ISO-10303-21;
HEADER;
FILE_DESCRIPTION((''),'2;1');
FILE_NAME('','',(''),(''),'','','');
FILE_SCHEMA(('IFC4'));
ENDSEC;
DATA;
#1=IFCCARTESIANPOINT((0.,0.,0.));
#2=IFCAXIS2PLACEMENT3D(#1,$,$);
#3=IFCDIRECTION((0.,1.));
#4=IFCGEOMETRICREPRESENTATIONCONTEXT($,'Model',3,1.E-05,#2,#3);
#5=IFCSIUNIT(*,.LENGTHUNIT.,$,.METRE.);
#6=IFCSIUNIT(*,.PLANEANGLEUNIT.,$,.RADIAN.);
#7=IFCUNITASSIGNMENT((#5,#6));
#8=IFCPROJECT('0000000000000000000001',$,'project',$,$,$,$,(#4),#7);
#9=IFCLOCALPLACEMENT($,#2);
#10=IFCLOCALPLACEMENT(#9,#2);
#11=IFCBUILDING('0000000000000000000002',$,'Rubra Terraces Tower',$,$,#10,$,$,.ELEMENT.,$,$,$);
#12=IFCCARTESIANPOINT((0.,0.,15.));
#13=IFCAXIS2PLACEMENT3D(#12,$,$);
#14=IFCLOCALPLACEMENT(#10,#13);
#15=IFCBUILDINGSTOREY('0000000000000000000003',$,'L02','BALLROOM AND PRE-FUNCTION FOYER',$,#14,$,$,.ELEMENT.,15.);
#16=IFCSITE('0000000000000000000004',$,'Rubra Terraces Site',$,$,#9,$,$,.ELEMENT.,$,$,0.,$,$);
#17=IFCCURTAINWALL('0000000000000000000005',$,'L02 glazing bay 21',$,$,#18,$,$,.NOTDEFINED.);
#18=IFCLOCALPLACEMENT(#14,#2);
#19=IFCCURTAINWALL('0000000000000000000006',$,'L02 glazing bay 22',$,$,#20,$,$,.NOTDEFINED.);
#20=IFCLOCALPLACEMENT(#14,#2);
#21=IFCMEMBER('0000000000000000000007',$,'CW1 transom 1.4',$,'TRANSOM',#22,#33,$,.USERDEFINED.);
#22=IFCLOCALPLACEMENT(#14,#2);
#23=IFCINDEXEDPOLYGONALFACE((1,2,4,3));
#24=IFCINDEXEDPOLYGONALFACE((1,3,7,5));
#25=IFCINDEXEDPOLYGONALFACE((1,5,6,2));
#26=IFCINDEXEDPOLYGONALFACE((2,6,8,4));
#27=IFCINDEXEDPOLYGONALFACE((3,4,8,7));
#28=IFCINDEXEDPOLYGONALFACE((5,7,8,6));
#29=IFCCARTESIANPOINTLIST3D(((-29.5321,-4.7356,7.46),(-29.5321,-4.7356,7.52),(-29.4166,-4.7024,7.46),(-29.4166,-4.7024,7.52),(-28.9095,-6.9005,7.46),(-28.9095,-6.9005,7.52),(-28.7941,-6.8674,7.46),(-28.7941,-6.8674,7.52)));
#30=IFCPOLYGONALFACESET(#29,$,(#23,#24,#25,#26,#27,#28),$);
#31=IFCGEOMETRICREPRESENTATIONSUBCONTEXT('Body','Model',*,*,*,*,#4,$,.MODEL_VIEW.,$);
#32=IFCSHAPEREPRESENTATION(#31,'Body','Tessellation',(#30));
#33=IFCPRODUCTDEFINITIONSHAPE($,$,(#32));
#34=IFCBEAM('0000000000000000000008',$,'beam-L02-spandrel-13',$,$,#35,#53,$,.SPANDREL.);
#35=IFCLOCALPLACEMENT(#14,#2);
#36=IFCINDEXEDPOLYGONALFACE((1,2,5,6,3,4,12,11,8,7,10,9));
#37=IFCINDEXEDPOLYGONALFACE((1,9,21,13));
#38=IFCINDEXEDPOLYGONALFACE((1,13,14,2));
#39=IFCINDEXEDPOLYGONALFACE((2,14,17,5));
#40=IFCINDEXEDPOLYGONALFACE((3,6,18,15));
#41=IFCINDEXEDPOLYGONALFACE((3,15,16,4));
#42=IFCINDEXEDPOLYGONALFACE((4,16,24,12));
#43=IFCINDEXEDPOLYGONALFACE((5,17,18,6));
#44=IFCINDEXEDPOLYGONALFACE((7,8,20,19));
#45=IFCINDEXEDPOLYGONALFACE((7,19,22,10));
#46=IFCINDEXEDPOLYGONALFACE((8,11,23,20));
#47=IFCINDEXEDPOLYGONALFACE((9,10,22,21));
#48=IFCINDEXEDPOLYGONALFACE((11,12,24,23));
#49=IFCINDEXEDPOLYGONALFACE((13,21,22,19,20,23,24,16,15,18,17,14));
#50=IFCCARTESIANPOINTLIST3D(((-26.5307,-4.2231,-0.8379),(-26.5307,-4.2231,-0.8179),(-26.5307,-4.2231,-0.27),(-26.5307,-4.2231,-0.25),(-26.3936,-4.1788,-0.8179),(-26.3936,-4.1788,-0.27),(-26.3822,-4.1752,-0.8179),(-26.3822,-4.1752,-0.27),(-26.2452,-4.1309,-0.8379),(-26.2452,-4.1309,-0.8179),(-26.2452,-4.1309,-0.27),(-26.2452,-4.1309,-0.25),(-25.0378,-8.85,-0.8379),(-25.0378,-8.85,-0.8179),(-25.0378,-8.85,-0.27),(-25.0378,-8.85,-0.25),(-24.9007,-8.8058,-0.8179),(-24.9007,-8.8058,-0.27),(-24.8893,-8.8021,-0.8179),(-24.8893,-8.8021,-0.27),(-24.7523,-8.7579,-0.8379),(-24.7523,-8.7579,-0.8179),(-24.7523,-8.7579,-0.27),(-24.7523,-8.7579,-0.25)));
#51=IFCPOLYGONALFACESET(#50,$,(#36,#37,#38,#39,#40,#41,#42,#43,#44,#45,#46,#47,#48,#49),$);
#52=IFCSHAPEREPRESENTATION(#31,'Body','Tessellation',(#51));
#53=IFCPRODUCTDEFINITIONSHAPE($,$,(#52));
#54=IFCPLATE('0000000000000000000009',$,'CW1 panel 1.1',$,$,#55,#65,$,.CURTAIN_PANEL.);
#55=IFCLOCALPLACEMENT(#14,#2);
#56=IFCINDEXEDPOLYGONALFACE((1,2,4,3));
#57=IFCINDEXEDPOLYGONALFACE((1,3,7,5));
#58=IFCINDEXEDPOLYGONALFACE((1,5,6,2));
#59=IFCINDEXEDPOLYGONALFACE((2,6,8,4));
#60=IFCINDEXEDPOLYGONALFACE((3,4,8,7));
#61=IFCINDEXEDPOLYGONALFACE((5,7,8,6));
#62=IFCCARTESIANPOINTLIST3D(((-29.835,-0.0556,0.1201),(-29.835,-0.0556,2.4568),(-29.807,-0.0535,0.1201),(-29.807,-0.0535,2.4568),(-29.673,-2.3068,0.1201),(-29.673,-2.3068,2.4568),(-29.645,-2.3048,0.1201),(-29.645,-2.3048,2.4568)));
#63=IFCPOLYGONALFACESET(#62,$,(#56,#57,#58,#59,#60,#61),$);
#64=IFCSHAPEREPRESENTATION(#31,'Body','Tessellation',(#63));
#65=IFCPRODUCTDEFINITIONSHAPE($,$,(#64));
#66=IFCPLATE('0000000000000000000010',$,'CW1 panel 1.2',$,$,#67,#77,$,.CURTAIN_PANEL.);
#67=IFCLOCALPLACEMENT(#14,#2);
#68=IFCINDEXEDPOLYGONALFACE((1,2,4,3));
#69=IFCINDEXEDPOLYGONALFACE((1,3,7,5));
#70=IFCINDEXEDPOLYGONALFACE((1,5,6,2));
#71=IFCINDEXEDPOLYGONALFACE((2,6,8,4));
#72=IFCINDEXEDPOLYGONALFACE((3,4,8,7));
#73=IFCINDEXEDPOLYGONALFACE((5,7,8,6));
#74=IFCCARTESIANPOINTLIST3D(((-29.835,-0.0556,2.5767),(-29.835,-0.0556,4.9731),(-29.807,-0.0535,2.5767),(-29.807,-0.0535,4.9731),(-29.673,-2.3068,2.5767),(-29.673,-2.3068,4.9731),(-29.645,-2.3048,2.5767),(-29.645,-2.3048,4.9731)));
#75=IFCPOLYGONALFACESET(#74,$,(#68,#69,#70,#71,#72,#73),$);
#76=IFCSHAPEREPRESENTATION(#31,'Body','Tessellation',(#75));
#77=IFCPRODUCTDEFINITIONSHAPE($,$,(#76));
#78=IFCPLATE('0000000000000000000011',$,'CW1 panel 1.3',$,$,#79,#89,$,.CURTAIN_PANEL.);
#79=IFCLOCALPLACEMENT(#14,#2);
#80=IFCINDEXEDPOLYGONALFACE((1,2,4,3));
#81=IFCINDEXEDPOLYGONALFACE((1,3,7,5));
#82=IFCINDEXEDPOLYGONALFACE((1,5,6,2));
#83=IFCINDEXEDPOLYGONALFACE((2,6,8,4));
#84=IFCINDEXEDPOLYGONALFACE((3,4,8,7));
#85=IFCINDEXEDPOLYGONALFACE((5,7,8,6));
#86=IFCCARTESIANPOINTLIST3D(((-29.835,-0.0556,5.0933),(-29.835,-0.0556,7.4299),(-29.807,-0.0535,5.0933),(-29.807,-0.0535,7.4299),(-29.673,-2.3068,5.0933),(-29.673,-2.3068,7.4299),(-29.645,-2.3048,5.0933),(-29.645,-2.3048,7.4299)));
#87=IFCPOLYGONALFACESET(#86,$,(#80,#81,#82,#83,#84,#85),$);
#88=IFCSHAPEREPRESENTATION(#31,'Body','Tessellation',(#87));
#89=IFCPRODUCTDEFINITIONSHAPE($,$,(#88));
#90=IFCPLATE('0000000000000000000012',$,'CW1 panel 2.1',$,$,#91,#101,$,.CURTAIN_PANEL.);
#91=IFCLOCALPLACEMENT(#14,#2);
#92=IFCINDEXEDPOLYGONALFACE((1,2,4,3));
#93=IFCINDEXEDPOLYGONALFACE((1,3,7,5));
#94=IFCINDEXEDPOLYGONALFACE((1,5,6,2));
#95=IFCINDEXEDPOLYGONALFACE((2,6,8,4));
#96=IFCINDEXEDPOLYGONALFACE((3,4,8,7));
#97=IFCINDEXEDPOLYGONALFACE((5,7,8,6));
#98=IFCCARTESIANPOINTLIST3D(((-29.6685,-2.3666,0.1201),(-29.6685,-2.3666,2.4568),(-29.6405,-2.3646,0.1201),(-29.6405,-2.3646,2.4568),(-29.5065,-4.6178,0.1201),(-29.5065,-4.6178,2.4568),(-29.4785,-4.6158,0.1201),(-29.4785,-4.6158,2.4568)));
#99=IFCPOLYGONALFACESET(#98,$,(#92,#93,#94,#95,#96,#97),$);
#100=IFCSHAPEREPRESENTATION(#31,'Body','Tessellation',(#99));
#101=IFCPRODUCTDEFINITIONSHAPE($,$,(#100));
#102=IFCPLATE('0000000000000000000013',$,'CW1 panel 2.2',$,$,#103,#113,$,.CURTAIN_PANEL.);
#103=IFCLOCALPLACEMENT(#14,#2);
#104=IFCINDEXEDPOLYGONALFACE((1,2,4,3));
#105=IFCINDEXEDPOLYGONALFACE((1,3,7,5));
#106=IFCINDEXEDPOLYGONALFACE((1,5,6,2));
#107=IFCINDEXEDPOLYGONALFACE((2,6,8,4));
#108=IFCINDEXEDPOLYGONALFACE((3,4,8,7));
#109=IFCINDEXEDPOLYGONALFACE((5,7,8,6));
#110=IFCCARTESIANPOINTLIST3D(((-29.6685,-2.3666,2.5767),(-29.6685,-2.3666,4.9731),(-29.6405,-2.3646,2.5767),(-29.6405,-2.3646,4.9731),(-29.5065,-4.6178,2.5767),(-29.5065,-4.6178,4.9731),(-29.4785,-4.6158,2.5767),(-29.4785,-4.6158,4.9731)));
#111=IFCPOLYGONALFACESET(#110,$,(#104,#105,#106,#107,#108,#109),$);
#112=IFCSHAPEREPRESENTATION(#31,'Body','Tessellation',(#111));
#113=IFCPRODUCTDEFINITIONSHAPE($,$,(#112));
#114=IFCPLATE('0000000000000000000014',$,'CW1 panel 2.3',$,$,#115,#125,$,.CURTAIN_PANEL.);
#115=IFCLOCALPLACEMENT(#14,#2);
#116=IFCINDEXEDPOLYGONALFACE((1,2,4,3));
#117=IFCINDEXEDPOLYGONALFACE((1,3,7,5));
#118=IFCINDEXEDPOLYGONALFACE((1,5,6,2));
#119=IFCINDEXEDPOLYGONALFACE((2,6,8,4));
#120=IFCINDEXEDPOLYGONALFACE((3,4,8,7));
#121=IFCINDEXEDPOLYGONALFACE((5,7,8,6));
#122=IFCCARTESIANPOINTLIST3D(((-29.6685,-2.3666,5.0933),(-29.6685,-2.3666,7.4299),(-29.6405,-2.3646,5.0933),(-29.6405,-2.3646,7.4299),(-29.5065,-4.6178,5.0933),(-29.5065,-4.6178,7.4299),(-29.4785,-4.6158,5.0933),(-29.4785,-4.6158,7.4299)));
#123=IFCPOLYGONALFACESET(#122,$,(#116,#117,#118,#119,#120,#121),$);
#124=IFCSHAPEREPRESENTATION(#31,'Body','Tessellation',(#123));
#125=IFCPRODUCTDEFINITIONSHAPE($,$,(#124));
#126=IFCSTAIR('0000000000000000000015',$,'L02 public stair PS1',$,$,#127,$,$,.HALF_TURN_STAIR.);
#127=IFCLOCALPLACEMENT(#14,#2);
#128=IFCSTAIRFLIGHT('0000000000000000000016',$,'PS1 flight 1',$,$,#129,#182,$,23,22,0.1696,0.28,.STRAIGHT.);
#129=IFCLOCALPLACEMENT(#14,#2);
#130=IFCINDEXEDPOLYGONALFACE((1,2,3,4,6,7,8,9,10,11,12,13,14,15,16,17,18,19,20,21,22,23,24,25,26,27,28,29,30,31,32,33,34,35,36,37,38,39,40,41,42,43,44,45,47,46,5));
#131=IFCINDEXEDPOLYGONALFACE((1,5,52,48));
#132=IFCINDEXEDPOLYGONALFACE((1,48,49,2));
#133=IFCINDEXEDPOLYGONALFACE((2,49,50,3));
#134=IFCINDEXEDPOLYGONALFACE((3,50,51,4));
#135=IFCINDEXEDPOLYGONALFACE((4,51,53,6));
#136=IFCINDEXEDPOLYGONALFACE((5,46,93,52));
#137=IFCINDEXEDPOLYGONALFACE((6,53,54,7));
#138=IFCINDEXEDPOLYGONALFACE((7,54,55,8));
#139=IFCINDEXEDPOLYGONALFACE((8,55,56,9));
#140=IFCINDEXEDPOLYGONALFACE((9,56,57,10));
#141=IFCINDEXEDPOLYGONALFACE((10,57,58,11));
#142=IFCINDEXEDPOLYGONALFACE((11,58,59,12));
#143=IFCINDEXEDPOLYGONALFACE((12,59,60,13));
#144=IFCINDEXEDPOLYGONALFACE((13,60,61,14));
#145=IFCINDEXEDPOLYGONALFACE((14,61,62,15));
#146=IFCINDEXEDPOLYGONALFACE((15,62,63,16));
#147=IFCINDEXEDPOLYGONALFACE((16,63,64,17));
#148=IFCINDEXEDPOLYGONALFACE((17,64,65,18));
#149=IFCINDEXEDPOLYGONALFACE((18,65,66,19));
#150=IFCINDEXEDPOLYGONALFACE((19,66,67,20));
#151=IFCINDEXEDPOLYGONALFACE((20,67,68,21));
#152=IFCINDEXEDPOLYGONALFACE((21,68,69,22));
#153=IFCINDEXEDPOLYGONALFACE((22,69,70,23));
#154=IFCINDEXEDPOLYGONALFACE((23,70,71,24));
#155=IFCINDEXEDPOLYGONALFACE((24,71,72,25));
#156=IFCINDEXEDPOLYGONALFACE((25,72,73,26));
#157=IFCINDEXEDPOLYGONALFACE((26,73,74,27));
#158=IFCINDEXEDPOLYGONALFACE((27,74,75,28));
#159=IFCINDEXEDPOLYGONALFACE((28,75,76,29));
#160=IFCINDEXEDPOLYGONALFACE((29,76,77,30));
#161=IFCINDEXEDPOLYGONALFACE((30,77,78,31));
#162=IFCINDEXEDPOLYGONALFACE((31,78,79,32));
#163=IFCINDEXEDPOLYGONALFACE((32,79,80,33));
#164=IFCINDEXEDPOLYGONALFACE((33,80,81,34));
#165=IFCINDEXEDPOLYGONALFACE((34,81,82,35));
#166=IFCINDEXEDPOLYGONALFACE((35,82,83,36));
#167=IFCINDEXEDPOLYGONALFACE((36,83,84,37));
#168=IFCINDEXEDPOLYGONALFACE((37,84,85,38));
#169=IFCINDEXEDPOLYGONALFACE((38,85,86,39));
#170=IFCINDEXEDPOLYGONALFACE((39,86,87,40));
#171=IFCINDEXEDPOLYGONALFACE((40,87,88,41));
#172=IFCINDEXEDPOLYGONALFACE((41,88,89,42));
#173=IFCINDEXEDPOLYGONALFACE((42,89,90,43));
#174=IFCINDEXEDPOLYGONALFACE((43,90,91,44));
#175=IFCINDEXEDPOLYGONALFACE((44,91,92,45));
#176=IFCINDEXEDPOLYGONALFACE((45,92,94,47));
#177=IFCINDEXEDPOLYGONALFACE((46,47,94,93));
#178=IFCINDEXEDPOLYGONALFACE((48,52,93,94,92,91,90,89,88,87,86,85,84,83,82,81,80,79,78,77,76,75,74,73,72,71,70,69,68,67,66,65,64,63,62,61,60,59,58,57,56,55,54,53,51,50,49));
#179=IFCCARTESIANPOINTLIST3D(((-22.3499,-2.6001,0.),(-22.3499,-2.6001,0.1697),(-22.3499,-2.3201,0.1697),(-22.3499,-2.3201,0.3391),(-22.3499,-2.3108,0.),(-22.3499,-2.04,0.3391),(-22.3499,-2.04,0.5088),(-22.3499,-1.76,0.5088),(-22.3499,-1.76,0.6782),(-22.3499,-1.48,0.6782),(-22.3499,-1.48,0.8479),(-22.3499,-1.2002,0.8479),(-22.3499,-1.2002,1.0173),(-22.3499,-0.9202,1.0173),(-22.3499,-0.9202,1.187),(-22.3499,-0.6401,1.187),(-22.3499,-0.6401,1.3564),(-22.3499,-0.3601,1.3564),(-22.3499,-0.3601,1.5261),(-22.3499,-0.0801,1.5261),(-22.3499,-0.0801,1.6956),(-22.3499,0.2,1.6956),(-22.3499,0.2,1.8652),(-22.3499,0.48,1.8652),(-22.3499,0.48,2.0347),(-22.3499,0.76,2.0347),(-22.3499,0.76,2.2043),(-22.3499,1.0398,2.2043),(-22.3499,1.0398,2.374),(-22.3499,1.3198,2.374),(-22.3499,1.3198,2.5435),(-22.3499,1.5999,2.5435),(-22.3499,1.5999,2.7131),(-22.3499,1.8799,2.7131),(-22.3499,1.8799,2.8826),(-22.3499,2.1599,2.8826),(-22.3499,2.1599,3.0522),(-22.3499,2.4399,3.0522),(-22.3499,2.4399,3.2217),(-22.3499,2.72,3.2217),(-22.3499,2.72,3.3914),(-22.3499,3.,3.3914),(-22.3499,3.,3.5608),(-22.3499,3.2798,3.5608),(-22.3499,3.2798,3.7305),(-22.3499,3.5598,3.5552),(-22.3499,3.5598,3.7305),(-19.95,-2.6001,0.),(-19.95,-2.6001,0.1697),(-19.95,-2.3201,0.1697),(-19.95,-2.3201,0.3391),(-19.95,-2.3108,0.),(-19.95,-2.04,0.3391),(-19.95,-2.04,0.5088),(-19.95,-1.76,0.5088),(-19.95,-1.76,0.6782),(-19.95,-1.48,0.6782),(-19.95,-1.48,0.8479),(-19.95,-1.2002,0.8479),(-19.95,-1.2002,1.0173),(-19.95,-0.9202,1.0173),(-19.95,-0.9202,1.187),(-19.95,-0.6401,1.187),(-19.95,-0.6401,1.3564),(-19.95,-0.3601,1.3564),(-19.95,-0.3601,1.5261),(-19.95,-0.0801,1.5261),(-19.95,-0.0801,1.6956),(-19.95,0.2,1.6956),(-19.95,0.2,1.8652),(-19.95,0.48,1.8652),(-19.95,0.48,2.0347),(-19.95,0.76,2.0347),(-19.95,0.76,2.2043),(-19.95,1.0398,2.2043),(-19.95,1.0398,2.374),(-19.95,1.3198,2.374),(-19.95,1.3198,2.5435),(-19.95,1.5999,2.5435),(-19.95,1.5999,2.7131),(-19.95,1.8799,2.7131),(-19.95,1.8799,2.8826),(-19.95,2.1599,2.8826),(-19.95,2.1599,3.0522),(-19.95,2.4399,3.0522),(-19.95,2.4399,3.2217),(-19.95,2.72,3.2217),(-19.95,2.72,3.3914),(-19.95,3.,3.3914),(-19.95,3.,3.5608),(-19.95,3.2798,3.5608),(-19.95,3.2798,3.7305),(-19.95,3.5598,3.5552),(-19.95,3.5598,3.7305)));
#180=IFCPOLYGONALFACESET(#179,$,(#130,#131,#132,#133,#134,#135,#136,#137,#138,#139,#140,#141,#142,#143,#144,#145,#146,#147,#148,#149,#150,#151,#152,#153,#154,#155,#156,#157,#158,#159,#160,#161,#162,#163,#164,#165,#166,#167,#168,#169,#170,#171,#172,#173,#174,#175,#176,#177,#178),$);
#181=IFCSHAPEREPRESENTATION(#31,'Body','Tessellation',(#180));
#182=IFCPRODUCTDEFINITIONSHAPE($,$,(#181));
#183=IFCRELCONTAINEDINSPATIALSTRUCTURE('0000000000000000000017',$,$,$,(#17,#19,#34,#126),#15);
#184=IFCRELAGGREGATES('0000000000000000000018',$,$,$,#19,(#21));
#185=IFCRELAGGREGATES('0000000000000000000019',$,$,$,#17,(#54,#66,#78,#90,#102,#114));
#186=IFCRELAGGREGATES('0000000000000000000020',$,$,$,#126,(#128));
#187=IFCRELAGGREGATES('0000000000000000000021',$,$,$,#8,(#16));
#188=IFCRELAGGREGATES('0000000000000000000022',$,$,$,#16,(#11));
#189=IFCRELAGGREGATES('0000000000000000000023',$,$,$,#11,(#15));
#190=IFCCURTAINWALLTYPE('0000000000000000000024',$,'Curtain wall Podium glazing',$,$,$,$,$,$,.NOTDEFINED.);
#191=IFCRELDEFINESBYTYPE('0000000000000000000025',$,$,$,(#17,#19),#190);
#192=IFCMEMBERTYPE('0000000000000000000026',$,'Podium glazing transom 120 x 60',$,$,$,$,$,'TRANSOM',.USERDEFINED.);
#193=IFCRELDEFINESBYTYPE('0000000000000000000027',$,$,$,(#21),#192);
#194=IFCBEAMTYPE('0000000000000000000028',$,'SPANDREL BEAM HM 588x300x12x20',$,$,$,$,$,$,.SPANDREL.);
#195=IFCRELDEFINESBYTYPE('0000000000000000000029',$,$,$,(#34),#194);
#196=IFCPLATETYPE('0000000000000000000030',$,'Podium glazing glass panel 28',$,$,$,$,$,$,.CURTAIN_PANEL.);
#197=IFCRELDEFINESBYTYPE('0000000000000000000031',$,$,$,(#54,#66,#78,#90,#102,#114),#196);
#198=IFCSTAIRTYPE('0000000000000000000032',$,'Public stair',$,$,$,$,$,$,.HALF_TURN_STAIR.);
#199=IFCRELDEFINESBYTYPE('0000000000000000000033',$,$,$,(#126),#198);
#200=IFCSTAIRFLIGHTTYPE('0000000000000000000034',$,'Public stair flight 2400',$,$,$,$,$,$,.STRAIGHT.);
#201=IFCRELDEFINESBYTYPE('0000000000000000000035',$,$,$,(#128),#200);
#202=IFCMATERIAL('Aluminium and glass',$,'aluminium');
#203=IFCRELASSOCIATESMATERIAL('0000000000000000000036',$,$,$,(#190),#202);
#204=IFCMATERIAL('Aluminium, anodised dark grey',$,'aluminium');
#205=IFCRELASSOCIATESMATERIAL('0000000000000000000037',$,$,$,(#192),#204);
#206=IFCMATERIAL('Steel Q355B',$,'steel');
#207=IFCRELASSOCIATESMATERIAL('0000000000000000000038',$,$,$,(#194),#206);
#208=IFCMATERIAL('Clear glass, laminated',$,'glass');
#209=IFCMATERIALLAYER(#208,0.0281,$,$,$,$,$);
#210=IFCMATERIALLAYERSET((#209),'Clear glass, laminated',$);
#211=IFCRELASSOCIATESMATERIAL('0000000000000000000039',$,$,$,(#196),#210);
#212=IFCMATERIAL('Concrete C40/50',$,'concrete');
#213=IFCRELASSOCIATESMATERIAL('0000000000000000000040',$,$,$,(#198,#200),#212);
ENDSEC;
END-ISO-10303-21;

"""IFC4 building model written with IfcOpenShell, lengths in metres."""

from ifc_helpers import new_model, si_unit, direction, frame, origin, origin_2d, place, context, subcontext, project, spatial, polyline, rectangle, i_section, outline, extrude, material, layer, layer_set, material_profile, profile_set, type_object, element, aggregate, save


model = new_model("IFC4")

# Units and contexts
model_context = context("Model", 3, precision=1e-05, world=origin(), true_north=direction((0.0, 1.0)))
body_context = subcontext(model_context, "Body", "Model", "MODEL_VIEW")
ifc_project = project(units=[si_unit("LENGTHUNIT", "METRE"), si_unit("PLANEANGLEUNIT", "RADIAN")], contexts=[model_context])

# Site, building, storey
site_placement = place(None, origin())
site = spatial("IfcSite", under=ifc_project, at=site_placement, Name="Rubra Terraces Site", CompositionType="ELEMENT", RefElevation=0.0)
building_placement = place(site_placement, origin())
building = spatial("IfcBuilding", under=site, at=building_placement, Name="Rubra Terraces Tower", CompositionType="ELEMENT")
storey_placement = place(building_placement, frame((0.0, 0.0, 15.0)))
storey = spatial("IfcBuildingStorey", under=building, at=storey_placement, Name="L02", Description="BALLROOM AND PRE-FUNCTION FOYER", CompositionType="ELEMENT", Elevation=15.0)

# Shared definitions
ifc_material_1 = material(Name="Steel Q355B", Category="steel")

# Curtain walls
ifc_material_2 = material(Name="Aluminium and glass", Category="aluminium")
curtain_wall_type = type_object("IfcCurtainWallType", Name="Curtain wall Podium glazing", PredefinedType="NOTDEFINED", material=ifc_material_2)
curtain_wall_1_placement = place(storey_placement, origin())
curtain_wall_1 = element("IfcCurtainWall", 1, at=curtain_wall_1_placement, inside=storey, type_object=curtain_wall_type, Name="L02 glazing bay 21", PredefinedType="NOTDEFINED")
ifc_material_3 = material(Name="Aluminium, anodised dark grey", Category="aluminium")
curtain_wall_2_placement = place(storey_placement, origin())
curtain_wall_2 = element("IfcCurtainWall", 2, at=curtain_wall_2_placement, inside=storey, type_object=curtain_wall_type, Name="L02 glazing bay 22", PredefinedType="NOTDEFINED")

# Member
ifc_material_profile_1 = material_profile(ifc_material_3, rectangle(XDim=0.1201, YDim=0.0601, at=origin_2d()), Name="AL 120x60")
ifc_profile_set_1 = profile_set([ifc_material_profile_1], Name="Aluminium, anodised dark grey")
member_type_1 = type_object("IfcMemberType", Name="Podium glazing transom 120 x 60", ElementType="TRANSOM", PredefinedType="USERDEFINED", material=ifc_profile_set_1)
member_1_placement = place(storey_placement, frame((-29.4744, -4.719, 7.49), z_axis=(0.276352, -0.961056, 0.0), x_axis=(0.961056, 0.276352, 0.0)))
member_1 = element("IfcMember", 3, at=member_1_placement, type_object=member_type_1, Name="CW1 transom 1.4", ObjectType="TRANSOM", PredefinedType="USERDEFINED", context=body_context, shape_type="SweptSolid", body=[
    extrude(rectangle(XDim=0.1201, YDim=0.0601, at=origin_2d()), origin(), (0.0, 0.0, 1.0), 2.2527),
])
aggregate(curtain_wall_2, [member_1])

# Beam
ifc_material_profile_2 = material_profile(ifc_material_1, i_section(OverallWidth=0.3, OverallDepth=0.5879, WebThickness=0.012, FlangeThickness=0.02, at=origin_2d()), Name="HM 588x300x12x20")
ifc_profile_set_2 = profile_set([ifc_material_profile_2], Name="Steel Q355B")
beam_type_1 = type_object("IfcBeamType", Name="SPANDREL BEAM HM 588x300x12x20", PredefinedType="SPANDREL", material=ifc_profile_set_2)
beam_1_placement = place(storey_placement, frame((-26.3879, -4.177, -0.5439), z_axis=(0.307069, -0.951687, 0.0), x_axis=(0.951687, 0.307069, 0.0)))
element("IfcBeam", 4, at=beam_1_placement, inside=storey, type_object=beam_type_1, Name="beam-L02-spandrel-13", PredefinedType="SPANDREL", context=body_context, shape_type="SweptSolid", body=[
    extrude(i_section(OverallWidth=0.3, OverallDepth=0.5879, WebThickness=0.012, FlangeThickness=0.02, at=origin_2d()), origin(), (0.0, 0.0, 1.0), 4.8618),
])

# Plates
ifc_material_4 = material(Name="Clear glass, laminated", Category="glass")
ifc_layer = layer(ifc_material_4, 0.0281)
ifc_layer_set = layer_set([ifc_layer], Name="Clear glass, laminated")
plate_type = type_object("IfcPlateType", Name="Podium glazing glass panel 28", PredefinedType="CURTAIN_PANEL", material=ifc_layer_set)
plate_1_placement = place(storey_placement, frame((-29.74, -1.1802, 0.1201), z_axis=(0.0, 0.0, 1.0), x_axis=(0.071792, -0.99742, 0.0)))
plate_1 = element("IfcPlate", 5, at=plate_1_placement, type_object=plate_type, Name="CW1 panel 1.1", PredefinedType="CURTAIN_PANEL", context=body_context, shape_type="SweptSolid", body=[
    extrude(rectangle(XDim=2.2571, YDim=0.0281, at=origin_2d()), origin(), (0.0, 0.0, 1.0), 2.3367),
])
plate_2_placement = place(storey_placement, frame((-29.74, -1.1802, 2.5767), z_axis=(0.0, 0.0, 1.0), x_axis=(0.071792, -0.99742, 0.0)))
plate_2 = element("IfcPlate", 6, at=plate_2_placement, type_object=plate_type, Name="CW1 panel 1.2", PredefinedType="CURTAIN_PANEL", context=body_context, shape_type="SweptSolid", body=[
    extrude(rectangle(XDim=2.2571, YDim=0.0281, at=origin_2d()), origin(), (0.0, 0.0, 1.0), 2.3965),
])
plate_3_placement = place(storey_placement, frame((-29.74, -1.1802, 5.0933), z_axis=(0.0, 0.0, 1.0), x_axis=(0.071792, -0.99742, 0.0)))
plate_3 = element("IfcPlate", 7, at=plate_3_placement, type_object=plate_type, Name="CW1 panel 1.3", PredefinedType="CURTAIN_PANEL", context=body_context, shape_type="SweptSolid", body=[
    extrude(rectangle(XDim=2.2571, YDim=0.0281, at=origin_2d()), origin(), (0.0, 0.0, 1.0), 2.3367),
])
plate_4_placement = place(storey_placement, frame((-29.5735, -3.4912, 0.1201), z_axis=(0.0, 0.0, 1.0), x_axis=(0.071792, -0.99742, 0.0)))
plate_4 = element("IfcPlate", 8, at=plate_4_placement, type_object=plate_type, Name="CW1 panel 2.1", PredefinedType="CURTAIN_PANEL", context=body_context, shape_type="SweptSolid", body=[
    extrude(rectangle(XDim=2.2571, YDim=0.0281, at=origin_2d()), origin(), (0.0, 0.0, 1.0), 2.3367),
])
plate_5_placement = place(storey_placement, frame((-29.5735, -3.4912, 2.5767), z_axis=(0.0, 0.0, 1.0), x_axis=(0.071792, -0.99742, 0.0)))
plate_5 = element("IfcPlate", 9, at=plate_5_placement, type_object=plate_type, Name="CW1 panel 2.2", PredefinedType="CURTAIN_PANEL", context=body_context, shape_type="SweptSolid", body=[
    extrude(rectangle(XDim=2.2571, YDim=0.0281, at=origin_2d()), origin(), (0.0, 0.0, 1.0), 2.3965),
])
plate_6_placement = place(storey_placement, frame((-29.5735, -3.4912, 5.0933), z_axis=(0.0, 0.0, 1.0), x_axis=(0.071792, -0.99742, 0.0)))
plate_6 = element("IfcPlate", 10, at=plate_6_placement, type_object=plate_type, Name="CW1 panel 2.3", PredefinedType="CURTAIN_PANEL", context=body_context, shape_type="SweptSolid", body=[
    extrude(rectangle(XDim=2.2571, YDim=0.0281, at=origin_2d()), origin(), (0.0, 0.0, 1.0), 2.3367),
])
aggregate(curtain_wall_1, [plate_1, plate_2, plate_3, plate_4, plate_5, plate_6])

# Stair, stair flight
ifc_material_5 = material(Name="Concrete C40/50", Category="concrete")
stair_type = type_object("IfcStairType", Name="Public stair", PredefinedType="HALF_TURN_STAIR", material=ifc_material_5)
stair_placement = place(storey_placement, origin())
stair = element("IfcStair", 11, at=stair_placement, inside=storey, type_object=stair_type, Name="L02 public stair PS1", PredefinedType="HALF_TURN_STAIR")
stair_flight_type = type_object("IfcStairFlightType", Name="Public stair flight 2400", PredefinedType="STRAIGHT", material=ifc_material_5)
stair_flight_placement = place(storey_placement, frame((-21.1499, -2.6001, 0.0), z_axis=(0.0, 0.0, 1.0), x_axis=(0.0, 1.0, 0.0)))
stair_flight = element("IfcStairFlight", 12, at=stair_flight_placement, type_object=stair_flight_type, Name="PS1 flight 1", NumberOfRisers=23, NumberOfTreads=22, PredefinedType="STRAIGHT", RiserHeight=0.1696, TreadLength=0.28, context=body_context, shape_type="SweptSolid", body=[
    extrude(outline(polyline([(0.0, 0.0), (0.0, 0.1697), (0.28, 0.1697), (0.28, 0.3391), (0.5601, 0.3391), (0.5601, 0.5088), (0.8401, 0.5088), (0.8401, 0.6782), (1.1201, 0.6782), (1.1201, 0.8479), (1.3999, 0.8479), (1.3999, 1.0173), (1.6799, 1.0173), (1.6799, 1.187), (1.96, 1.187), (1.96, 1.3564), (2.24, 1.3564), (2.24, 1.5261), (2.52, 1.5261), (2.52, 1.6956), (2.8, 1.6956), (2.8, 1.8652), (3.0801, 1.8652), (3.0801, 2.0347), (3.3601, 2.0347), (3.3601, 2.2043), (3.6399, 2.2043), (3.6399, 2.374), (3.9199, 2.374), (3.9199, 2.5435), (4.2, 2.5435), (4.2, 2.7131), (4.48, 2.7131), (4.48, 2.8826), (4.76, 2.8826), (4.76, 3.0522), (5.04, 3.0522), (5.04, 3.2217), (5.3201, 3.2217), (5.3201, 3.3914), (5.6001, 3.3914), (5.6001, 3.5608), (5.8799, 3.5608), (5.8799, 3.7305), (6.1599, 3.7305), (6.1599, 3.8999), (6.1599, 3.5552), (0.2893, 0.0), (0.0, 0.0)])), frame((0.0, 1.2, 0.0), z_axis=(0.0, -1.0, 0.0), x_axis=(1.0, 0.0, 0.0)), (0.0, 0.0, 1.0), 2.3999),
])
aggregate(stair, [stair_flight])

save(model, "model.ifc")
